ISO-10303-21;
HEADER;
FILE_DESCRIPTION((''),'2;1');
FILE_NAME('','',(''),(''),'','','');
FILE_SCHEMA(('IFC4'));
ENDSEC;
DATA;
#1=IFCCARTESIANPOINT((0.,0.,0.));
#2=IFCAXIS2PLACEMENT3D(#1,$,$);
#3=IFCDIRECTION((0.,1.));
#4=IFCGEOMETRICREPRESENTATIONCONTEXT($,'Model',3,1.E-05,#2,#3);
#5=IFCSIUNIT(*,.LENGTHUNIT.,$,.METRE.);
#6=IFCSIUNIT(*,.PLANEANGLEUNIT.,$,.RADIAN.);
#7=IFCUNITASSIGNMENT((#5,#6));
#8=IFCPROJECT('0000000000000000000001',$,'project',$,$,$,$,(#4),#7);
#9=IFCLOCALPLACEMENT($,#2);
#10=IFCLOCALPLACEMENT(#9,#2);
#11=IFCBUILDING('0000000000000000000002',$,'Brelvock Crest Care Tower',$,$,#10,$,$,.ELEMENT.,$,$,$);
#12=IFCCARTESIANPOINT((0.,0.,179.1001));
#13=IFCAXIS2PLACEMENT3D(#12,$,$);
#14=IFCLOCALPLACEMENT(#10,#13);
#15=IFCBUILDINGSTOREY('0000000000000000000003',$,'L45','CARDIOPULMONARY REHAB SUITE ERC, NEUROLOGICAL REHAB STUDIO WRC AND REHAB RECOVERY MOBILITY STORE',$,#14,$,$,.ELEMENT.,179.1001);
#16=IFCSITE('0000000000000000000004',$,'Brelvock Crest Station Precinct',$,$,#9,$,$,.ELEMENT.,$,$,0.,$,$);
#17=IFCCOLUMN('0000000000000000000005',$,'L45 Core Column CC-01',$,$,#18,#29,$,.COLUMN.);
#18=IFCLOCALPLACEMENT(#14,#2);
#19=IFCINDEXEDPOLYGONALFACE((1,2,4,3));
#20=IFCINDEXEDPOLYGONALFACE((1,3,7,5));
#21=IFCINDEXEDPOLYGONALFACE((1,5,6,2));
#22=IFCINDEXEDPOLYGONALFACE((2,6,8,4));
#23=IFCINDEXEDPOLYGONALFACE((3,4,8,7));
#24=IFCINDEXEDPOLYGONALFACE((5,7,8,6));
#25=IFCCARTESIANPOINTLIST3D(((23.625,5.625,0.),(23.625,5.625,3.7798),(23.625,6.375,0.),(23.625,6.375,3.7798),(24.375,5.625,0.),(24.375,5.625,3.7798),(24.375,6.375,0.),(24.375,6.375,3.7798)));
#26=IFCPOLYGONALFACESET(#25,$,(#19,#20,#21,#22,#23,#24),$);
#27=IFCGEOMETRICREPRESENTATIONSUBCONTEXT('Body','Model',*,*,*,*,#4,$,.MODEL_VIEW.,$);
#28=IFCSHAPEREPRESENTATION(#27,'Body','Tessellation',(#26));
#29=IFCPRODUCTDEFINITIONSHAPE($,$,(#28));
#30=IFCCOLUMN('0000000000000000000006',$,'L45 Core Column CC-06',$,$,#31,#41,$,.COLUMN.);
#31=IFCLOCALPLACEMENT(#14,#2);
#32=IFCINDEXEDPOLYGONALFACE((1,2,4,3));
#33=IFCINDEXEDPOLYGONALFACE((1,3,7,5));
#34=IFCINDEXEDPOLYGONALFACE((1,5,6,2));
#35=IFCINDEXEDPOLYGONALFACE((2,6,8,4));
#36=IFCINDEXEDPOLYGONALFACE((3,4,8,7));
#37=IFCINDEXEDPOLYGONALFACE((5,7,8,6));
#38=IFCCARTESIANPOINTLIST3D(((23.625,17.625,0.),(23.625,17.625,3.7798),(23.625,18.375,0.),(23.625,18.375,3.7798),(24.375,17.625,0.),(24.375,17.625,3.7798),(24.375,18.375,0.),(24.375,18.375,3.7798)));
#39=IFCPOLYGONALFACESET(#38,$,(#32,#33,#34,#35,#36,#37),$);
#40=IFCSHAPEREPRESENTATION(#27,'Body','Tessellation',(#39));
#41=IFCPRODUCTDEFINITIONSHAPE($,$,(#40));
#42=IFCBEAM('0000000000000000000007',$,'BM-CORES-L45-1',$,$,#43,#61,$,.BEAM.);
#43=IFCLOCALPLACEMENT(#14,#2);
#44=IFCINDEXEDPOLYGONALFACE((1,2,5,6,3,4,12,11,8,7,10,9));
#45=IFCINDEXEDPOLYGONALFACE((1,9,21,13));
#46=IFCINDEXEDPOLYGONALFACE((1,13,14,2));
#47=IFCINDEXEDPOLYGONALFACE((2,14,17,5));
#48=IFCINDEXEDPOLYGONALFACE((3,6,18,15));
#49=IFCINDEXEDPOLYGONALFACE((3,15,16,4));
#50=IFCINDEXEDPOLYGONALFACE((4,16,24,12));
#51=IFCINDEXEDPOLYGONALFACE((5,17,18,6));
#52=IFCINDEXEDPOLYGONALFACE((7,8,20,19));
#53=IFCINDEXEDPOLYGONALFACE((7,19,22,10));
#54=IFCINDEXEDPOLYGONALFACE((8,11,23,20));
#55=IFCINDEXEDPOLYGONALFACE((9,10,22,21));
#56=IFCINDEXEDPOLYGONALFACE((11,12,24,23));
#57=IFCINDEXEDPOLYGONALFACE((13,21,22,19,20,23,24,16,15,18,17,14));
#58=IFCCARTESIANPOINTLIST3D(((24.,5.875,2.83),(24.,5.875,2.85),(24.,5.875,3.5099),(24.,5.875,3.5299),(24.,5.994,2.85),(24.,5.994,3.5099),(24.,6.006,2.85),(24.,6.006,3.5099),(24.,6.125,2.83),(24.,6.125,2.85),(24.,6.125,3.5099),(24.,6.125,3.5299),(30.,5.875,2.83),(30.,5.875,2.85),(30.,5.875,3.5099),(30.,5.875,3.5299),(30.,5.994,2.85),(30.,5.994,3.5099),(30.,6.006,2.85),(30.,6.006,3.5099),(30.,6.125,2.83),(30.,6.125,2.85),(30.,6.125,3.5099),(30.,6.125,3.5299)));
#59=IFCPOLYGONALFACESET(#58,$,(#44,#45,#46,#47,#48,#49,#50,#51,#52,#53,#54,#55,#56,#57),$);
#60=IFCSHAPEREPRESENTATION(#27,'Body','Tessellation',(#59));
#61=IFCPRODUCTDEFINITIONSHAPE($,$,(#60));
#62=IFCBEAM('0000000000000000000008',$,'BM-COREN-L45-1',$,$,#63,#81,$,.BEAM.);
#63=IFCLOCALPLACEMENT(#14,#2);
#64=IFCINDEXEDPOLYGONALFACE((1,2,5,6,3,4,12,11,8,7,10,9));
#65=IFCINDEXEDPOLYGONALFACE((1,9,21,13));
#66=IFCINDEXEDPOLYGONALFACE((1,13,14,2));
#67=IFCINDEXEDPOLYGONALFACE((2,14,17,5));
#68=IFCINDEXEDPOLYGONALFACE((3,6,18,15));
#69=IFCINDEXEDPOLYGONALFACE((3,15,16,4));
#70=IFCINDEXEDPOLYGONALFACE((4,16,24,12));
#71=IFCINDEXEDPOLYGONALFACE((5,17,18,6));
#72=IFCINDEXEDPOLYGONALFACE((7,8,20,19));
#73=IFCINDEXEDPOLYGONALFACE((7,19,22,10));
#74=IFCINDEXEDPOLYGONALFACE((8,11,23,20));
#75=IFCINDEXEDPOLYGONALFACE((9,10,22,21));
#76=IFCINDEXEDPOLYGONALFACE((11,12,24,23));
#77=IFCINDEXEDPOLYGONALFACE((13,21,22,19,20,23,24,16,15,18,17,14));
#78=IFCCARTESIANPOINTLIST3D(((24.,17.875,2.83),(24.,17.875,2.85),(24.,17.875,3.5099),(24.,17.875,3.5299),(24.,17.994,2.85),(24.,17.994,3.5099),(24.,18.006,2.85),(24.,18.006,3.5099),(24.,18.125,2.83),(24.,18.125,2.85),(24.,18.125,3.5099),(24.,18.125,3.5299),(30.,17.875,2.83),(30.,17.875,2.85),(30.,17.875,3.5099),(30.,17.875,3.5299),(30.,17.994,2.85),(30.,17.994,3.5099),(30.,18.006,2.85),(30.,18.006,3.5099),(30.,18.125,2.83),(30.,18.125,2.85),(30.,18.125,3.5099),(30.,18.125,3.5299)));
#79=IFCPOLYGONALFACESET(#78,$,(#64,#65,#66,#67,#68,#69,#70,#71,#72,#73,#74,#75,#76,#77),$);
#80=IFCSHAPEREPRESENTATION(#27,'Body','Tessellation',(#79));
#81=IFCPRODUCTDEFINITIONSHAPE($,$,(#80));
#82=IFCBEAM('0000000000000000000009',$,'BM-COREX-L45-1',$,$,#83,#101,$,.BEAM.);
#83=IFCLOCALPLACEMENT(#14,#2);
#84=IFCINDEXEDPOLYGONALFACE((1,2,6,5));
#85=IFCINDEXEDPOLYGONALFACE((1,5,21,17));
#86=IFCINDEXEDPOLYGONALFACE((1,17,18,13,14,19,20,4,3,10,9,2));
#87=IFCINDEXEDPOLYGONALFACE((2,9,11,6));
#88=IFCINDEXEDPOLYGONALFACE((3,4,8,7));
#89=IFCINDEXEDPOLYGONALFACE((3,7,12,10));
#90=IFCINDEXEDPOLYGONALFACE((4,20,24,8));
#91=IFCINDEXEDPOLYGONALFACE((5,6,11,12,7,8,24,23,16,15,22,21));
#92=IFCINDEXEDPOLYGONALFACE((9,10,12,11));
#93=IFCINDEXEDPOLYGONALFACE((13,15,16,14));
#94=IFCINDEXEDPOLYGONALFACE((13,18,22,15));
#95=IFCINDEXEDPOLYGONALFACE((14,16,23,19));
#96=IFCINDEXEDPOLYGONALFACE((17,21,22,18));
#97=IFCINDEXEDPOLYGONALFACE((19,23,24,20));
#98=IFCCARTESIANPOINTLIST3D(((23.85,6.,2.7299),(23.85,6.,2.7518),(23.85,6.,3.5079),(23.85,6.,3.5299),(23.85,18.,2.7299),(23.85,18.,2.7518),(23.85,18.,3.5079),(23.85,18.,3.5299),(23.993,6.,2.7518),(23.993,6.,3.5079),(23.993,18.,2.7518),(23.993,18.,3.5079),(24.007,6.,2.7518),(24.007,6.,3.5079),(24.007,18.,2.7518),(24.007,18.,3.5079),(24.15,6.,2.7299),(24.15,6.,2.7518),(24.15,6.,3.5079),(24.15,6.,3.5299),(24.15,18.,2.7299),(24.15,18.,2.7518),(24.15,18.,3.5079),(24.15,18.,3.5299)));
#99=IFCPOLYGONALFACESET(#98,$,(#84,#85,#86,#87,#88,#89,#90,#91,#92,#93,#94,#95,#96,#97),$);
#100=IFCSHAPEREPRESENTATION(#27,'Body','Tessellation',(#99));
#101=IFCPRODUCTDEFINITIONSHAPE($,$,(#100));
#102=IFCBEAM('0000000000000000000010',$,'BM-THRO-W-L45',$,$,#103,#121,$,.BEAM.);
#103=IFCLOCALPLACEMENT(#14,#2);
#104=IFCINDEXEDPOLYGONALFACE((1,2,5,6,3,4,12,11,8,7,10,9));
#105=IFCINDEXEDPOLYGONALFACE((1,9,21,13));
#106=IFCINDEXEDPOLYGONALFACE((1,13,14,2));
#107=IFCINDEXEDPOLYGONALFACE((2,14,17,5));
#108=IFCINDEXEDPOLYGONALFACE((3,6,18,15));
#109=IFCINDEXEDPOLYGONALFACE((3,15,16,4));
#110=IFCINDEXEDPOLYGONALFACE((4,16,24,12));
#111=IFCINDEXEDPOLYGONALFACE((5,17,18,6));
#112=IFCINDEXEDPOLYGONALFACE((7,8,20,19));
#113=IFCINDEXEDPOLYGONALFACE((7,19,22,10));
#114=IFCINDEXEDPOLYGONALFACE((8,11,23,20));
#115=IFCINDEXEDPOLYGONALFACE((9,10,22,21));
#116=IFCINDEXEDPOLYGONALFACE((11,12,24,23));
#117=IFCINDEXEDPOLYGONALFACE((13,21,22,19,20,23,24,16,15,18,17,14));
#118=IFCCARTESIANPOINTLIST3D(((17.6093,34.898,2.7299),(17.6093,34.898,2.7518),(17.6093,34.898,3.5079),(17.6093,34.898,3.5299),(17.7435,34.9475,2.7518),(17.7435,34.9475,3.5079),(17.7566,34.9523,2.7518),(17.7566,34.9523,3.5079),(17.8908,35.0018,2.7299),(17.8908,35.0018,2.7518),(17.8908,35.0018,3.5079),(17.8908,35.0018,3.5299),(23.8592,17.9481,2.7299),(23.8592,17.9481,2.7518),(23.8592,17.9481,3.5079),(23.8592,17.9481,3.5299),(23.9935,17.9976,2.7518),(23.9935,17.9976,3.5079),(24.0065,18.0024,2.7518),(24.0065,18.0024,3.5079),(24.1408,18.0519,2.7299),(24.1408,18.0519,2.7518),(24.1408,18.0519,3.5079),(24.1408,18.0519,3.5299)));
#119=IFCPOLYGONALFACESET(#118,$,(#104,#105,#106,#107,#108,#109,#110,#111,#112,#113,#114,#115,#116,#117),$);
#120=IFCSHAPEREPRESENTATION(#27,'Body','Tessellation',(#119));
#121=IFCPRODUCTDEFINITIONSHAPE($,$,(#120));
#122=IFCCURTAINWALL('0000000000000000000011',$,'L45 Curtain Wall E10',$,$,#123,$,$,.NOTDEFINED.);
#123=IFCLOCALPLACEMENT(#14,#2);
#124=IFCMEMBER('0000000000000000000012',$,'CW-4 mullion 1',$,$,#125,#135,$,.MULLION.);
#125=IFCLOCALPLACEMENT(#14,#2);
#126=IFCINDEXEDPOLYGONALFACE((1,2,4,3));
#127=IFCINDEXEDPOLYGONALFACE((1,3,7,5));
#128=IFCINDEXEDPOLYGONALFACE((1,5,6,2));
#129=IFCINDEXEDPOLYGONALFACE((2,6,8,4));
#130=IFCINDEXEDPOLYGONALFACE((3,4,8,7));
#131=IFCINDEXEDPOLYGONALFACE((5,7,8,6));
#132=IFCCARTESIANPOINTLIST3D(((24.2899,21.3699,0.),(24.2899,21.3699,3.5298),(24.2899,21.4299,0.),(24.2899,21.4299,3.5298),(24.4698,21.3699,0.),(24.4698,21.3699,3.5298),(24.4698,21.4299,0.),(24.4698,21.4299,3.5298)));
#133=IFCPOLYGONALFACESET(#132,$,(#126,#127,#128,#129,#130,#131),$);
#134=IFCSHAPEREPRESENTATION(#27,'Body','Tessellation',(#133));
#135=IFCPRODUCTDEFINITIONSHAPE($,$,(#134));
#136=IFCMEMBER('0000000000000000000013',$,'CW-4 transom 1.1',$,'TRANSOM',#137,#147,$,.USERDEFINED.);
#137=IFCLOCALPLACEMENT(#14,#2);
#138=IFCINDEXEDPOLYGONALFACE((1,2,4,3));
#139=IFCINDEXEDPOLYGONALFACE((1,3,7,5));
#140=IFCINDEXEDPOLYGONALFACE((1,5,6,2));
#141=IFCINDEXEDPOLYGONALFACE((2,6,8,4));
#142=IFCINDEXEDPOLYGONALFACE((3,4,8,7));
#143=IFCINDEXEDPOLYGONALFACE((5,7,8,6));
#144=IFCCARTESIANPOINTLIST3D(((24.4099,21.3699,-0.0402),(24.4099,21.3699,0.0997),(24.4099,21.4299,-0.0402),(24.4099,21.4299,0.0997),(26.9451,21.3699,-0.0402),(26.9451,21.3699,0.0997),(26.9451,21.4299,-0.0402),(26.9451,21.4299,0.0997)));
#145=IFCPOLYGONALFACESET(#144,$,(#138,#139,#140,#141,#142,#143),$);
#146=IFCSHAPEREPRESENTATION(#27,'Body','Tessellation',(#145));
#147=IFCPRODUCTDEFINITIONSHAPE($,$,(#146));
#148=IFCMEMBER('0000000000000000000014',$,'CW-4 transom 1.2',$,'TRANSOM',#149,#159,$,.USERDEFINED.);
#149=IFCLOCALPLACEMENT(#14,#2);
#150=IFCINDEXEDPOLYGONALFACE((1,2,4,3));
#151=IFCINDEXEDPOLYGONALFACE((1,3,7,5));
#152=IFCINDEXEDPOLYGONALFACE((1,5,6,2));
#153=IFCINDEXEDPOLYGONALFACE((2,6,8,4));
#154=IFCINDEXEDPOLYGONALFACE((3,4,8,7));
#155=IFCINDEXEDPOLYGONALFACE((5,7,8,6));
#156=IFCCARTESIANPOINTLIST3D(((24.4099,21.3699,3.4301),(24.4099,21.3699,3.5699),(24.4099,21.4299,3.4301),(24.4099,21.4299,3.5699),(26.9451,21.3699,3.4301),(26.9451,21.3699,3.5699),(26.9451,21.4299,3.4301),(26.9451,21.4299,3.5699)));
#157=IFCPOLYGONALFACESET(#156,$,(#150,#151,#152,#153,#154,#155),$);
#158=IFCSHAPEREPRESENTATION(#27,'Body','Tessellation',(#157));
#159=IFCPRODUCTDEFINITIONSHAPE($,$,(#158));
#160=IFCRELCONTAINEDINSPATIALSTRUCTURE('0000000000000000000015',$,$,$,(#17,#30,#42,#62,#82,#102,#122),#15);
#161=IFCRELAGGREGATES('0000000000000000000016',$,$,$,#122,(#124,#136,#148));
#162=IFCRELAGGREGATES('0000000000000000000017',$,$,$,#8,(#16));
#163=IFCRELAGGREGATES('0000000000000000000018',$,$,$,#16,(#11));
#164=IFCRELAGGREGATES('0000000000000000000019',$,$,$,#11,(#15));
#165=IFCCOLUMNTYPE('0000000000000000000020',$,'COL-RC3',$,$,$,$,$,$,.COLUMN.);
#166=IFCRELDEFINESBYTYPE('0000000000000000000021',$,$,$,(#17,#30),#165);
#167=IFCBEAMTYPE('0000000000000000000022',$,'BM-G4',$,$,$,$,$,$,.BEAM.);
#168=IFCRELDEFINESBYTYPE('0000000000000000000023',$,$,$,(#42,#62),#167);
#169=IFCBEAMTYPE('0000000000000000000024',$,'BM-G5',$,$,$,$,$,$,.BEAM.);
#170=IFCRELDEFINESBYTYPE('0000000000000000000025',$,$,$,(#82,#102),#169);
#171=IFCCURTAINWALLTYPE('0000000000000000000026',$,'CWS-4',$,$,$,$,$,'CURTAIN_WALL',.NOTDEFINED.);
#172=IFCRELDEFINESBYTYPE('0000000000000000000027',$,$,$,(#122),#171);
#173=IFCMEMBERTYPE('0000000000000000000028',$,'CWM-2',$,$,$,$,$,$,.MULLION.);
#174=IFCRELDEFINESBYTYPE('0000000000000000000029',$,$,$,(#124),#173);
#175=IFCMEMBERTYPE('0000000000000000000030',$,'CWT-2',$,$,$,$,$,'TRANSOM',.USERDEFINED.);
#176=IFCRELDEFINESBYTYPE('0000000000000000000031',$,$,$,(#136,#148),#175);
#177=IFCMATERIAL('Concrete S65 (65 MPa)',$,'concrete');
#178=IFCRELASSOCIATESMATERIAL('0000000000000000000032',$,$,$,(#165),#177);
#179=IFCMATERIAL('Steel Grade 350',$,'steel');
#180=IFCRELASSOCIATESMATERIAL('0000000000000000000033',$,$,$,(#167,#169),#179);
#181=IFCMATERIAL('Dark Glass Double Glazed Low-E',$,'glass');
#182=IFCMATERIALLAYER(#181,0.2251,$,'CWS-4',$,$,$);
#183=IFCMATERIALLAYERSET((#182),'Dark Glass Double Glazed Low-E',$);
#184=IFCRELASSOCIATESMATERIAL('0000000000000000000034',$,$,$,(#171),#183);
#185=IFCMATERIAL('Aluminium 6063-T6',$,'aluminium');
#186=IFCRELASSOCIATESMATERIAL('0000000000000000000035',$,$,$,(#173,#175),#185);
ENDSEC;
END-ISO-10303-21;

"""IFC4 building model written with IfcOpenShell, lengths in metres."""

from ifc_helpers import new_model, si_unit, direction, frame, origin, origin_2d, place, context, subcontext, project, spatial, rectangle, i_section, extrude, source, transform, mapped, material, layer, layer_set, material_profile, profile_set, type_object, element, aggregate, save


model = new_model("IFC4")

# Units and contexts
model_context = context("Model", 3, precision=1e-05, world=origin(), true_north=direction((0.0, 1.0)))
body_context = subcontext(model_context, "Body", "Model", "MODEL_VIEW")
ifc_project = project(units=[si_unit("LENGTHUNIT", "METRE"), si_unit("PLANEANGLEUNIT", "RADIAN")], contexts=[model_context])

# Site, building, storey
site_placement = place(None, origin())
site = spatial("IfcSite", under=ifc_project, at=site_placement, Name="Brelvock Crest Station Precinct", CompositionType="ELEMENT", RefElevation=0.0)
building_placement = place(site_placement, origin())
building = spatial("IfcBuilding", under=site, at=building_placement, Name="Brelvock Crest Care Tower", CompositionType="ELEMENT")
storey_placement = place(building_placement, frame((0.0, 0.0, 179.1001)))
storey = spatial("IfcBuildingStorey", under=building, at=storey_placement, Name="L45", Description="CARDIOPULMONARY REHAB SUITE ERC, NEUROLOGICAL REHAB STUDIO WRC AND REHAB RECOVERY MOBILITY STORE", CompositionType="ELEMENT", Elevation=179.1001)

# Columns
ifc_material_1 = material(Name="Concrete S65 (65 MPa)", Category="concrete")
ifc_material_profile_1 = material_profile(ifc_material_1, rectangle(XDim=0.75, YDim=0.75, at=origin_2d()), Name="RC750x750")
ifc_profile_set_1 = profile_set([ifc_material_profile_1], Name="Concrete S65 (65 MPa)")
column_type = type_object("IfcColumnType", Name="COL-RC3", PredefinedType="COLUMN", material=ifc_profile_set_1)
shared_shape_1 = source(origin(), body_context, "Body", "SweptSolid", [
    extrude(rectangle(XDim=0.75, YDim=0.75, at=origin_2d()), origin(), (0.0, 0.0, 1.0), 3.7798),
])
for number, where, z_axis, x_axis, name in (
    (1, (24.0, 6.0, 0.0), (0.0, 0.0, 1.0), (1.0, 0.0, 0.0), "L45 Core Column CC-01"),
    (2, (24.0, 18.0, 0.0), (0.0, 0.0, 1.0), (1.0, 0.0, 0.0), "L45 Core Column CC-06"),
):
    element("IfcColumn", number, at=place(storey_placement, frame(where, z_axis=z_axis, x_axis=x_axis)), inside=storey, type_object=column_type, Name=name, PredefinedType="COLUMN", context=body_context, shape_type="MappedRepresentation", body=[
        mapped(shared_shape_1, transform((0.0, 0.0, 0.0), x_axis=(1.0, 0.0, 0.0), y_axis=(0.0, 1.0, 0.0), z_axis=(0.0, 0.0, 1.0), scale=1.0)),
    ])

# Beams
ifc_material_2 = material(Name="Steel Grade 350", Category="steel")
ifc_material_profile_2 = material_profile(ifc_material_2, i_section(OverallWidth=0.25, OverallDepth=0.7, WebThickness=0.012, FlangeThickness=0.02, at=origin_2d()), Name="700WB150")
ifc_profile_set_2 = profile_set([ifc_material_profile_2], Name="Steel Grade 350")
beam_type_1 = type_object("IfcBeamType", Name="BM-G4", PredefinedType="BEAM", material=ifc_profile_set_2)
shared_shape_2 = source(origin(), body_context, "Body", "SweptSolid", [
    extrude(i_section(OverallWidth=0.25, OverallDepth=0.7, WebThickness=0.012, FlangeThickness=0.02, at=origin_2d()), origin(), (0.0, 0.0, 1.0), 6.0),
])
for number, where, z_axis, x_axis, name in (
    (3, (24.0, 6.0, 3.1799), (1.0, 0.0, 0.0), (0.0, 1.0, 0.0), "BM-CORES-L45-1"),
    (4, (24.0, 18.0, 3.1799), (1.0, 0.0, 0.0), (0.0, 1.0, 0.0), "BM-COREN-L45-1"),
):
    element("IfcBeam", number, at=place(storey_placement, frame(where, z_axis=z_axis, x_axis=x_axis)), inside=storey, type_object=beam_type_1, Name=name, PredefinedType="BEAM", context=body_context, shape_type="MappedRepresentation", body=[
        mapped(shared_shape_2, transform((0.0, 0.0, 0.0), x_axis=(1.0, 0.0, 0.0), y_axis=(0.0, 1.0, 0.0), z_axis=(0.0, 0.0, 1.0), scale=1.0)),
    ])
ifc_material_profile_3 = material_profile(ifc_material_2, i_section(OverallWidth=0.3, OverallDepth=0.8, WebThickness=0.0139, FlangeThickness=0.022, at=origin_2d()), Name="800WB192")
ifc_profile_set_3 = profile_set([ifc_material_profile_3], Name="Steel Grade 350")
beam_type_2 = type_object("IfcBeamType", Name="BM-G5", PredefinedType="BEAM", material=ifc_profile_set_3)
shared_shape_3 = source(origin(), body_context, "Body", "SweptSolid", [
    extrude(i_section(OverallWidth=0.3, OverallDepth=0.8, WebThickness=0.0139, FlangeThickness=0.022, at=origin_2d()), origin(), (0.0, 0.0, 1.0), 12.0),
])
beam_1_placement = place(storey_placement, frame((24.0, 6.0, 3.1299), z_axis=(0.0, 1.0, 0.0), x_axis=(-1.0, 0.0, 0.0)))
element("IfcBeam", 5, at=beam_1_placement, inside=storey, type_object=beam_type_2, Name="BM-COREX-L45-1", PredefinedType="BEAM", context=body_context, shape_type="MappedRepresentation", body=[
    mapped(shared_shape_3, transform((0.0, 0.0, 0.0), x_axis=(1.0, 0.0, 0.0), y_axis=(0.0, 1.0, 0.0), z_axis=(0.0, 0.0, 1.0), scale=1.0)),
])
shared_shape_4 = source(origin(), body_context, "Body", "SweptSolid", [
    extrude(i_section(OverallWidth=0.3, OverallDepth=0.8, WebThickness=0.0139, FlangeThickness=0.022, at=origin_2d()), origin(), (0.0, 0.0, 1.0), 18.0654),
])
beam_2_placement = place(storey_placement, frame((24.0, 18.0, 3.1299), z_axis=(-0.345963, 0.938248, 0.0), x_axis=(-0.938248, -0.345963, 0.0)))
element("IfcBeam", 6, at=beam_2_placement, inside=storey, type_object=beam_type_2, Name="BM-THRO-W-L45", PredefinedType="BEAM", context=body_context, shape_type="MappedRepresentation", body=[
    mapped(shared_shape_4, transform((0.0, 0.0, 0.0), x_axis=(1.0, 0.0, 0.0), y_axis=(0.0, 1.0, 0.0), z_axis=(0.0, 0.0, 1.0), scale=1.0)),
])

# Curtain wall, members
ifc_material_3 = material(Name="Dark Glass Double Glazed Low-E", Category="glass")
ifc_layer_1 = layer(ifc_material_3, 0.2251, Name="CWS-4")
ifc_layer_set_1 = layer_set([ifc_layer_1], Name="Dark Glass Double Glazed Low-E")
curtain_wall_type = type_object("IfcCurtainWallType", Name="CWS-4", ElementType="CURTAIN_WALL", PredefinedType="NOTDEFINED", material=ifc_layer_set_1)
curtain_wall_placement = place(storey_placement, origin())
curtain_wall = element("IfcCurtainWall", 7, at=curtain_wall_placement, inside=storey, type_object=curtain_wall_type, Name="L45 Curtain Wall E10", PredefinedType="NOTDEFINED")
ifc_material_4 = material(Name="Aluminium 6063-T6", Category="aluminium")
ifc_material_profile_4 = material_profile(ifc_material_4, rectangle(XDim=0.0601, YDim=0.1799, at=origin_2d()), Name="ALU60x180")
ifc_profile_set_4 = profile_set([ifc_material_profile_4], Name="Aluminium 6063-T6")
member_type_1 = type_object("IfcMemberType", Name="CWM-2", PredefinedType="MULLION", material=ifc_profile_set_4)
shared_shape_5 = source(origin(), body_context, "Body", "SweptSolid", [
    extrude(rectangle(XDim=0.0601, YDim=0.1799, at=origin_2d()), origin(), (0.0, 0.0, 1.0), 3.5298),
])
member_1_placement = place(storey_placement, frame((24.3799, 21.3999, 0.0), z_axis=(0.0, 0.0, 1.0), x_axis=(0.0, 1.0, 0.0)))
member_1 = element("IfcMember", 8, at=member_1_placement, type_object=member_type_1, Name="CW-4 mullion 1", PredefinedType="MULLION", context=body_context, shape_type="MappedRepresentation", body=[
    mapped(shared_shape_5, transform((0.0, 0.0, 0.0), x_axis=(1.0, 0.0, 0.0), y_axis=(0.0, 1.0, 0.0), z_axis=(0.0, 0.0, 1.0), scale=1.0)),
])
ifc_material_profile_5 = material_profile(ifc_material_4, rectangle(XDim=0.0601, YDim=0.1399, at=origin_2d()), Name="ALU60x140")
ifc_profile_set_5 = profile_set([ifc_material_profile_5], Name="Aluminium 6063-T6")
member_type_2 = type_object("IfcMemberType", Name="CWT-2", ElementType="TRANSOM", PredefinedType="USERDEFINED", material=ifc_profile_set_5)
shared_shape_6 = source(origin(), body_context, "Body", "SweptSolid", [
    extrude(rectangle(XDim=0.0601, YDim=0.1399, at=origin_2d()), origin(), (0.0, 0.0, 1.0), 2.5352),
])
member_2_placement = place(storey_placement, frame((24.4099, 21.3999, 0.0298), z_axis=(1.0, 0.0, 0.0), x_axis=(0.0, 1.0, 0.0)))
member_2 = element("IfcMember", 9, at=member_2_placement, type_object=member_type_2, Name="CW-4 transom 1.1", ObjectType="TRANSOM", PredefinedType="USERDEFINED", context=body_context, shape_type="MappedRepresentation", body=[
    mapped(shared_shape_6, transform((0.0, 0.0, 0.0), x_axis=(1.0, 0.0, 0.0), y_axis=(0.0, 1.0, 0.0), z_axis=(0.0, 0.0, 1.0), scale=1.0)),
])
member_3_placement = place(storey_placement, frame((24.4099, 21.3999, 3.5), z_axis=(1.0, 0.0, 0.0), x_axis=(0.0, 1.0, 0.0)))
member_3 = element("IfcMember", 10, at=member_3_placement, type_object=member_type_2, Name="CW-4 transom 1.2", ObjectType="TRANSOM", PredefinedType="USERDEFINED", context=body_context, shape_type="MappedRepresentation", body=[
    mapped(shared_shape_6, transform((0.0, 0.0, 0.0), x_axis=(1.0, 0.0, 0.0), y_axis=(0.0, 1.0, 0.0), z_axis=(0.0, 0.0, 1.0), scale=1.0)),
])

aggregate(curtain_wall, [member_1, member_2, member_3])

save(model, "model.ifc")
